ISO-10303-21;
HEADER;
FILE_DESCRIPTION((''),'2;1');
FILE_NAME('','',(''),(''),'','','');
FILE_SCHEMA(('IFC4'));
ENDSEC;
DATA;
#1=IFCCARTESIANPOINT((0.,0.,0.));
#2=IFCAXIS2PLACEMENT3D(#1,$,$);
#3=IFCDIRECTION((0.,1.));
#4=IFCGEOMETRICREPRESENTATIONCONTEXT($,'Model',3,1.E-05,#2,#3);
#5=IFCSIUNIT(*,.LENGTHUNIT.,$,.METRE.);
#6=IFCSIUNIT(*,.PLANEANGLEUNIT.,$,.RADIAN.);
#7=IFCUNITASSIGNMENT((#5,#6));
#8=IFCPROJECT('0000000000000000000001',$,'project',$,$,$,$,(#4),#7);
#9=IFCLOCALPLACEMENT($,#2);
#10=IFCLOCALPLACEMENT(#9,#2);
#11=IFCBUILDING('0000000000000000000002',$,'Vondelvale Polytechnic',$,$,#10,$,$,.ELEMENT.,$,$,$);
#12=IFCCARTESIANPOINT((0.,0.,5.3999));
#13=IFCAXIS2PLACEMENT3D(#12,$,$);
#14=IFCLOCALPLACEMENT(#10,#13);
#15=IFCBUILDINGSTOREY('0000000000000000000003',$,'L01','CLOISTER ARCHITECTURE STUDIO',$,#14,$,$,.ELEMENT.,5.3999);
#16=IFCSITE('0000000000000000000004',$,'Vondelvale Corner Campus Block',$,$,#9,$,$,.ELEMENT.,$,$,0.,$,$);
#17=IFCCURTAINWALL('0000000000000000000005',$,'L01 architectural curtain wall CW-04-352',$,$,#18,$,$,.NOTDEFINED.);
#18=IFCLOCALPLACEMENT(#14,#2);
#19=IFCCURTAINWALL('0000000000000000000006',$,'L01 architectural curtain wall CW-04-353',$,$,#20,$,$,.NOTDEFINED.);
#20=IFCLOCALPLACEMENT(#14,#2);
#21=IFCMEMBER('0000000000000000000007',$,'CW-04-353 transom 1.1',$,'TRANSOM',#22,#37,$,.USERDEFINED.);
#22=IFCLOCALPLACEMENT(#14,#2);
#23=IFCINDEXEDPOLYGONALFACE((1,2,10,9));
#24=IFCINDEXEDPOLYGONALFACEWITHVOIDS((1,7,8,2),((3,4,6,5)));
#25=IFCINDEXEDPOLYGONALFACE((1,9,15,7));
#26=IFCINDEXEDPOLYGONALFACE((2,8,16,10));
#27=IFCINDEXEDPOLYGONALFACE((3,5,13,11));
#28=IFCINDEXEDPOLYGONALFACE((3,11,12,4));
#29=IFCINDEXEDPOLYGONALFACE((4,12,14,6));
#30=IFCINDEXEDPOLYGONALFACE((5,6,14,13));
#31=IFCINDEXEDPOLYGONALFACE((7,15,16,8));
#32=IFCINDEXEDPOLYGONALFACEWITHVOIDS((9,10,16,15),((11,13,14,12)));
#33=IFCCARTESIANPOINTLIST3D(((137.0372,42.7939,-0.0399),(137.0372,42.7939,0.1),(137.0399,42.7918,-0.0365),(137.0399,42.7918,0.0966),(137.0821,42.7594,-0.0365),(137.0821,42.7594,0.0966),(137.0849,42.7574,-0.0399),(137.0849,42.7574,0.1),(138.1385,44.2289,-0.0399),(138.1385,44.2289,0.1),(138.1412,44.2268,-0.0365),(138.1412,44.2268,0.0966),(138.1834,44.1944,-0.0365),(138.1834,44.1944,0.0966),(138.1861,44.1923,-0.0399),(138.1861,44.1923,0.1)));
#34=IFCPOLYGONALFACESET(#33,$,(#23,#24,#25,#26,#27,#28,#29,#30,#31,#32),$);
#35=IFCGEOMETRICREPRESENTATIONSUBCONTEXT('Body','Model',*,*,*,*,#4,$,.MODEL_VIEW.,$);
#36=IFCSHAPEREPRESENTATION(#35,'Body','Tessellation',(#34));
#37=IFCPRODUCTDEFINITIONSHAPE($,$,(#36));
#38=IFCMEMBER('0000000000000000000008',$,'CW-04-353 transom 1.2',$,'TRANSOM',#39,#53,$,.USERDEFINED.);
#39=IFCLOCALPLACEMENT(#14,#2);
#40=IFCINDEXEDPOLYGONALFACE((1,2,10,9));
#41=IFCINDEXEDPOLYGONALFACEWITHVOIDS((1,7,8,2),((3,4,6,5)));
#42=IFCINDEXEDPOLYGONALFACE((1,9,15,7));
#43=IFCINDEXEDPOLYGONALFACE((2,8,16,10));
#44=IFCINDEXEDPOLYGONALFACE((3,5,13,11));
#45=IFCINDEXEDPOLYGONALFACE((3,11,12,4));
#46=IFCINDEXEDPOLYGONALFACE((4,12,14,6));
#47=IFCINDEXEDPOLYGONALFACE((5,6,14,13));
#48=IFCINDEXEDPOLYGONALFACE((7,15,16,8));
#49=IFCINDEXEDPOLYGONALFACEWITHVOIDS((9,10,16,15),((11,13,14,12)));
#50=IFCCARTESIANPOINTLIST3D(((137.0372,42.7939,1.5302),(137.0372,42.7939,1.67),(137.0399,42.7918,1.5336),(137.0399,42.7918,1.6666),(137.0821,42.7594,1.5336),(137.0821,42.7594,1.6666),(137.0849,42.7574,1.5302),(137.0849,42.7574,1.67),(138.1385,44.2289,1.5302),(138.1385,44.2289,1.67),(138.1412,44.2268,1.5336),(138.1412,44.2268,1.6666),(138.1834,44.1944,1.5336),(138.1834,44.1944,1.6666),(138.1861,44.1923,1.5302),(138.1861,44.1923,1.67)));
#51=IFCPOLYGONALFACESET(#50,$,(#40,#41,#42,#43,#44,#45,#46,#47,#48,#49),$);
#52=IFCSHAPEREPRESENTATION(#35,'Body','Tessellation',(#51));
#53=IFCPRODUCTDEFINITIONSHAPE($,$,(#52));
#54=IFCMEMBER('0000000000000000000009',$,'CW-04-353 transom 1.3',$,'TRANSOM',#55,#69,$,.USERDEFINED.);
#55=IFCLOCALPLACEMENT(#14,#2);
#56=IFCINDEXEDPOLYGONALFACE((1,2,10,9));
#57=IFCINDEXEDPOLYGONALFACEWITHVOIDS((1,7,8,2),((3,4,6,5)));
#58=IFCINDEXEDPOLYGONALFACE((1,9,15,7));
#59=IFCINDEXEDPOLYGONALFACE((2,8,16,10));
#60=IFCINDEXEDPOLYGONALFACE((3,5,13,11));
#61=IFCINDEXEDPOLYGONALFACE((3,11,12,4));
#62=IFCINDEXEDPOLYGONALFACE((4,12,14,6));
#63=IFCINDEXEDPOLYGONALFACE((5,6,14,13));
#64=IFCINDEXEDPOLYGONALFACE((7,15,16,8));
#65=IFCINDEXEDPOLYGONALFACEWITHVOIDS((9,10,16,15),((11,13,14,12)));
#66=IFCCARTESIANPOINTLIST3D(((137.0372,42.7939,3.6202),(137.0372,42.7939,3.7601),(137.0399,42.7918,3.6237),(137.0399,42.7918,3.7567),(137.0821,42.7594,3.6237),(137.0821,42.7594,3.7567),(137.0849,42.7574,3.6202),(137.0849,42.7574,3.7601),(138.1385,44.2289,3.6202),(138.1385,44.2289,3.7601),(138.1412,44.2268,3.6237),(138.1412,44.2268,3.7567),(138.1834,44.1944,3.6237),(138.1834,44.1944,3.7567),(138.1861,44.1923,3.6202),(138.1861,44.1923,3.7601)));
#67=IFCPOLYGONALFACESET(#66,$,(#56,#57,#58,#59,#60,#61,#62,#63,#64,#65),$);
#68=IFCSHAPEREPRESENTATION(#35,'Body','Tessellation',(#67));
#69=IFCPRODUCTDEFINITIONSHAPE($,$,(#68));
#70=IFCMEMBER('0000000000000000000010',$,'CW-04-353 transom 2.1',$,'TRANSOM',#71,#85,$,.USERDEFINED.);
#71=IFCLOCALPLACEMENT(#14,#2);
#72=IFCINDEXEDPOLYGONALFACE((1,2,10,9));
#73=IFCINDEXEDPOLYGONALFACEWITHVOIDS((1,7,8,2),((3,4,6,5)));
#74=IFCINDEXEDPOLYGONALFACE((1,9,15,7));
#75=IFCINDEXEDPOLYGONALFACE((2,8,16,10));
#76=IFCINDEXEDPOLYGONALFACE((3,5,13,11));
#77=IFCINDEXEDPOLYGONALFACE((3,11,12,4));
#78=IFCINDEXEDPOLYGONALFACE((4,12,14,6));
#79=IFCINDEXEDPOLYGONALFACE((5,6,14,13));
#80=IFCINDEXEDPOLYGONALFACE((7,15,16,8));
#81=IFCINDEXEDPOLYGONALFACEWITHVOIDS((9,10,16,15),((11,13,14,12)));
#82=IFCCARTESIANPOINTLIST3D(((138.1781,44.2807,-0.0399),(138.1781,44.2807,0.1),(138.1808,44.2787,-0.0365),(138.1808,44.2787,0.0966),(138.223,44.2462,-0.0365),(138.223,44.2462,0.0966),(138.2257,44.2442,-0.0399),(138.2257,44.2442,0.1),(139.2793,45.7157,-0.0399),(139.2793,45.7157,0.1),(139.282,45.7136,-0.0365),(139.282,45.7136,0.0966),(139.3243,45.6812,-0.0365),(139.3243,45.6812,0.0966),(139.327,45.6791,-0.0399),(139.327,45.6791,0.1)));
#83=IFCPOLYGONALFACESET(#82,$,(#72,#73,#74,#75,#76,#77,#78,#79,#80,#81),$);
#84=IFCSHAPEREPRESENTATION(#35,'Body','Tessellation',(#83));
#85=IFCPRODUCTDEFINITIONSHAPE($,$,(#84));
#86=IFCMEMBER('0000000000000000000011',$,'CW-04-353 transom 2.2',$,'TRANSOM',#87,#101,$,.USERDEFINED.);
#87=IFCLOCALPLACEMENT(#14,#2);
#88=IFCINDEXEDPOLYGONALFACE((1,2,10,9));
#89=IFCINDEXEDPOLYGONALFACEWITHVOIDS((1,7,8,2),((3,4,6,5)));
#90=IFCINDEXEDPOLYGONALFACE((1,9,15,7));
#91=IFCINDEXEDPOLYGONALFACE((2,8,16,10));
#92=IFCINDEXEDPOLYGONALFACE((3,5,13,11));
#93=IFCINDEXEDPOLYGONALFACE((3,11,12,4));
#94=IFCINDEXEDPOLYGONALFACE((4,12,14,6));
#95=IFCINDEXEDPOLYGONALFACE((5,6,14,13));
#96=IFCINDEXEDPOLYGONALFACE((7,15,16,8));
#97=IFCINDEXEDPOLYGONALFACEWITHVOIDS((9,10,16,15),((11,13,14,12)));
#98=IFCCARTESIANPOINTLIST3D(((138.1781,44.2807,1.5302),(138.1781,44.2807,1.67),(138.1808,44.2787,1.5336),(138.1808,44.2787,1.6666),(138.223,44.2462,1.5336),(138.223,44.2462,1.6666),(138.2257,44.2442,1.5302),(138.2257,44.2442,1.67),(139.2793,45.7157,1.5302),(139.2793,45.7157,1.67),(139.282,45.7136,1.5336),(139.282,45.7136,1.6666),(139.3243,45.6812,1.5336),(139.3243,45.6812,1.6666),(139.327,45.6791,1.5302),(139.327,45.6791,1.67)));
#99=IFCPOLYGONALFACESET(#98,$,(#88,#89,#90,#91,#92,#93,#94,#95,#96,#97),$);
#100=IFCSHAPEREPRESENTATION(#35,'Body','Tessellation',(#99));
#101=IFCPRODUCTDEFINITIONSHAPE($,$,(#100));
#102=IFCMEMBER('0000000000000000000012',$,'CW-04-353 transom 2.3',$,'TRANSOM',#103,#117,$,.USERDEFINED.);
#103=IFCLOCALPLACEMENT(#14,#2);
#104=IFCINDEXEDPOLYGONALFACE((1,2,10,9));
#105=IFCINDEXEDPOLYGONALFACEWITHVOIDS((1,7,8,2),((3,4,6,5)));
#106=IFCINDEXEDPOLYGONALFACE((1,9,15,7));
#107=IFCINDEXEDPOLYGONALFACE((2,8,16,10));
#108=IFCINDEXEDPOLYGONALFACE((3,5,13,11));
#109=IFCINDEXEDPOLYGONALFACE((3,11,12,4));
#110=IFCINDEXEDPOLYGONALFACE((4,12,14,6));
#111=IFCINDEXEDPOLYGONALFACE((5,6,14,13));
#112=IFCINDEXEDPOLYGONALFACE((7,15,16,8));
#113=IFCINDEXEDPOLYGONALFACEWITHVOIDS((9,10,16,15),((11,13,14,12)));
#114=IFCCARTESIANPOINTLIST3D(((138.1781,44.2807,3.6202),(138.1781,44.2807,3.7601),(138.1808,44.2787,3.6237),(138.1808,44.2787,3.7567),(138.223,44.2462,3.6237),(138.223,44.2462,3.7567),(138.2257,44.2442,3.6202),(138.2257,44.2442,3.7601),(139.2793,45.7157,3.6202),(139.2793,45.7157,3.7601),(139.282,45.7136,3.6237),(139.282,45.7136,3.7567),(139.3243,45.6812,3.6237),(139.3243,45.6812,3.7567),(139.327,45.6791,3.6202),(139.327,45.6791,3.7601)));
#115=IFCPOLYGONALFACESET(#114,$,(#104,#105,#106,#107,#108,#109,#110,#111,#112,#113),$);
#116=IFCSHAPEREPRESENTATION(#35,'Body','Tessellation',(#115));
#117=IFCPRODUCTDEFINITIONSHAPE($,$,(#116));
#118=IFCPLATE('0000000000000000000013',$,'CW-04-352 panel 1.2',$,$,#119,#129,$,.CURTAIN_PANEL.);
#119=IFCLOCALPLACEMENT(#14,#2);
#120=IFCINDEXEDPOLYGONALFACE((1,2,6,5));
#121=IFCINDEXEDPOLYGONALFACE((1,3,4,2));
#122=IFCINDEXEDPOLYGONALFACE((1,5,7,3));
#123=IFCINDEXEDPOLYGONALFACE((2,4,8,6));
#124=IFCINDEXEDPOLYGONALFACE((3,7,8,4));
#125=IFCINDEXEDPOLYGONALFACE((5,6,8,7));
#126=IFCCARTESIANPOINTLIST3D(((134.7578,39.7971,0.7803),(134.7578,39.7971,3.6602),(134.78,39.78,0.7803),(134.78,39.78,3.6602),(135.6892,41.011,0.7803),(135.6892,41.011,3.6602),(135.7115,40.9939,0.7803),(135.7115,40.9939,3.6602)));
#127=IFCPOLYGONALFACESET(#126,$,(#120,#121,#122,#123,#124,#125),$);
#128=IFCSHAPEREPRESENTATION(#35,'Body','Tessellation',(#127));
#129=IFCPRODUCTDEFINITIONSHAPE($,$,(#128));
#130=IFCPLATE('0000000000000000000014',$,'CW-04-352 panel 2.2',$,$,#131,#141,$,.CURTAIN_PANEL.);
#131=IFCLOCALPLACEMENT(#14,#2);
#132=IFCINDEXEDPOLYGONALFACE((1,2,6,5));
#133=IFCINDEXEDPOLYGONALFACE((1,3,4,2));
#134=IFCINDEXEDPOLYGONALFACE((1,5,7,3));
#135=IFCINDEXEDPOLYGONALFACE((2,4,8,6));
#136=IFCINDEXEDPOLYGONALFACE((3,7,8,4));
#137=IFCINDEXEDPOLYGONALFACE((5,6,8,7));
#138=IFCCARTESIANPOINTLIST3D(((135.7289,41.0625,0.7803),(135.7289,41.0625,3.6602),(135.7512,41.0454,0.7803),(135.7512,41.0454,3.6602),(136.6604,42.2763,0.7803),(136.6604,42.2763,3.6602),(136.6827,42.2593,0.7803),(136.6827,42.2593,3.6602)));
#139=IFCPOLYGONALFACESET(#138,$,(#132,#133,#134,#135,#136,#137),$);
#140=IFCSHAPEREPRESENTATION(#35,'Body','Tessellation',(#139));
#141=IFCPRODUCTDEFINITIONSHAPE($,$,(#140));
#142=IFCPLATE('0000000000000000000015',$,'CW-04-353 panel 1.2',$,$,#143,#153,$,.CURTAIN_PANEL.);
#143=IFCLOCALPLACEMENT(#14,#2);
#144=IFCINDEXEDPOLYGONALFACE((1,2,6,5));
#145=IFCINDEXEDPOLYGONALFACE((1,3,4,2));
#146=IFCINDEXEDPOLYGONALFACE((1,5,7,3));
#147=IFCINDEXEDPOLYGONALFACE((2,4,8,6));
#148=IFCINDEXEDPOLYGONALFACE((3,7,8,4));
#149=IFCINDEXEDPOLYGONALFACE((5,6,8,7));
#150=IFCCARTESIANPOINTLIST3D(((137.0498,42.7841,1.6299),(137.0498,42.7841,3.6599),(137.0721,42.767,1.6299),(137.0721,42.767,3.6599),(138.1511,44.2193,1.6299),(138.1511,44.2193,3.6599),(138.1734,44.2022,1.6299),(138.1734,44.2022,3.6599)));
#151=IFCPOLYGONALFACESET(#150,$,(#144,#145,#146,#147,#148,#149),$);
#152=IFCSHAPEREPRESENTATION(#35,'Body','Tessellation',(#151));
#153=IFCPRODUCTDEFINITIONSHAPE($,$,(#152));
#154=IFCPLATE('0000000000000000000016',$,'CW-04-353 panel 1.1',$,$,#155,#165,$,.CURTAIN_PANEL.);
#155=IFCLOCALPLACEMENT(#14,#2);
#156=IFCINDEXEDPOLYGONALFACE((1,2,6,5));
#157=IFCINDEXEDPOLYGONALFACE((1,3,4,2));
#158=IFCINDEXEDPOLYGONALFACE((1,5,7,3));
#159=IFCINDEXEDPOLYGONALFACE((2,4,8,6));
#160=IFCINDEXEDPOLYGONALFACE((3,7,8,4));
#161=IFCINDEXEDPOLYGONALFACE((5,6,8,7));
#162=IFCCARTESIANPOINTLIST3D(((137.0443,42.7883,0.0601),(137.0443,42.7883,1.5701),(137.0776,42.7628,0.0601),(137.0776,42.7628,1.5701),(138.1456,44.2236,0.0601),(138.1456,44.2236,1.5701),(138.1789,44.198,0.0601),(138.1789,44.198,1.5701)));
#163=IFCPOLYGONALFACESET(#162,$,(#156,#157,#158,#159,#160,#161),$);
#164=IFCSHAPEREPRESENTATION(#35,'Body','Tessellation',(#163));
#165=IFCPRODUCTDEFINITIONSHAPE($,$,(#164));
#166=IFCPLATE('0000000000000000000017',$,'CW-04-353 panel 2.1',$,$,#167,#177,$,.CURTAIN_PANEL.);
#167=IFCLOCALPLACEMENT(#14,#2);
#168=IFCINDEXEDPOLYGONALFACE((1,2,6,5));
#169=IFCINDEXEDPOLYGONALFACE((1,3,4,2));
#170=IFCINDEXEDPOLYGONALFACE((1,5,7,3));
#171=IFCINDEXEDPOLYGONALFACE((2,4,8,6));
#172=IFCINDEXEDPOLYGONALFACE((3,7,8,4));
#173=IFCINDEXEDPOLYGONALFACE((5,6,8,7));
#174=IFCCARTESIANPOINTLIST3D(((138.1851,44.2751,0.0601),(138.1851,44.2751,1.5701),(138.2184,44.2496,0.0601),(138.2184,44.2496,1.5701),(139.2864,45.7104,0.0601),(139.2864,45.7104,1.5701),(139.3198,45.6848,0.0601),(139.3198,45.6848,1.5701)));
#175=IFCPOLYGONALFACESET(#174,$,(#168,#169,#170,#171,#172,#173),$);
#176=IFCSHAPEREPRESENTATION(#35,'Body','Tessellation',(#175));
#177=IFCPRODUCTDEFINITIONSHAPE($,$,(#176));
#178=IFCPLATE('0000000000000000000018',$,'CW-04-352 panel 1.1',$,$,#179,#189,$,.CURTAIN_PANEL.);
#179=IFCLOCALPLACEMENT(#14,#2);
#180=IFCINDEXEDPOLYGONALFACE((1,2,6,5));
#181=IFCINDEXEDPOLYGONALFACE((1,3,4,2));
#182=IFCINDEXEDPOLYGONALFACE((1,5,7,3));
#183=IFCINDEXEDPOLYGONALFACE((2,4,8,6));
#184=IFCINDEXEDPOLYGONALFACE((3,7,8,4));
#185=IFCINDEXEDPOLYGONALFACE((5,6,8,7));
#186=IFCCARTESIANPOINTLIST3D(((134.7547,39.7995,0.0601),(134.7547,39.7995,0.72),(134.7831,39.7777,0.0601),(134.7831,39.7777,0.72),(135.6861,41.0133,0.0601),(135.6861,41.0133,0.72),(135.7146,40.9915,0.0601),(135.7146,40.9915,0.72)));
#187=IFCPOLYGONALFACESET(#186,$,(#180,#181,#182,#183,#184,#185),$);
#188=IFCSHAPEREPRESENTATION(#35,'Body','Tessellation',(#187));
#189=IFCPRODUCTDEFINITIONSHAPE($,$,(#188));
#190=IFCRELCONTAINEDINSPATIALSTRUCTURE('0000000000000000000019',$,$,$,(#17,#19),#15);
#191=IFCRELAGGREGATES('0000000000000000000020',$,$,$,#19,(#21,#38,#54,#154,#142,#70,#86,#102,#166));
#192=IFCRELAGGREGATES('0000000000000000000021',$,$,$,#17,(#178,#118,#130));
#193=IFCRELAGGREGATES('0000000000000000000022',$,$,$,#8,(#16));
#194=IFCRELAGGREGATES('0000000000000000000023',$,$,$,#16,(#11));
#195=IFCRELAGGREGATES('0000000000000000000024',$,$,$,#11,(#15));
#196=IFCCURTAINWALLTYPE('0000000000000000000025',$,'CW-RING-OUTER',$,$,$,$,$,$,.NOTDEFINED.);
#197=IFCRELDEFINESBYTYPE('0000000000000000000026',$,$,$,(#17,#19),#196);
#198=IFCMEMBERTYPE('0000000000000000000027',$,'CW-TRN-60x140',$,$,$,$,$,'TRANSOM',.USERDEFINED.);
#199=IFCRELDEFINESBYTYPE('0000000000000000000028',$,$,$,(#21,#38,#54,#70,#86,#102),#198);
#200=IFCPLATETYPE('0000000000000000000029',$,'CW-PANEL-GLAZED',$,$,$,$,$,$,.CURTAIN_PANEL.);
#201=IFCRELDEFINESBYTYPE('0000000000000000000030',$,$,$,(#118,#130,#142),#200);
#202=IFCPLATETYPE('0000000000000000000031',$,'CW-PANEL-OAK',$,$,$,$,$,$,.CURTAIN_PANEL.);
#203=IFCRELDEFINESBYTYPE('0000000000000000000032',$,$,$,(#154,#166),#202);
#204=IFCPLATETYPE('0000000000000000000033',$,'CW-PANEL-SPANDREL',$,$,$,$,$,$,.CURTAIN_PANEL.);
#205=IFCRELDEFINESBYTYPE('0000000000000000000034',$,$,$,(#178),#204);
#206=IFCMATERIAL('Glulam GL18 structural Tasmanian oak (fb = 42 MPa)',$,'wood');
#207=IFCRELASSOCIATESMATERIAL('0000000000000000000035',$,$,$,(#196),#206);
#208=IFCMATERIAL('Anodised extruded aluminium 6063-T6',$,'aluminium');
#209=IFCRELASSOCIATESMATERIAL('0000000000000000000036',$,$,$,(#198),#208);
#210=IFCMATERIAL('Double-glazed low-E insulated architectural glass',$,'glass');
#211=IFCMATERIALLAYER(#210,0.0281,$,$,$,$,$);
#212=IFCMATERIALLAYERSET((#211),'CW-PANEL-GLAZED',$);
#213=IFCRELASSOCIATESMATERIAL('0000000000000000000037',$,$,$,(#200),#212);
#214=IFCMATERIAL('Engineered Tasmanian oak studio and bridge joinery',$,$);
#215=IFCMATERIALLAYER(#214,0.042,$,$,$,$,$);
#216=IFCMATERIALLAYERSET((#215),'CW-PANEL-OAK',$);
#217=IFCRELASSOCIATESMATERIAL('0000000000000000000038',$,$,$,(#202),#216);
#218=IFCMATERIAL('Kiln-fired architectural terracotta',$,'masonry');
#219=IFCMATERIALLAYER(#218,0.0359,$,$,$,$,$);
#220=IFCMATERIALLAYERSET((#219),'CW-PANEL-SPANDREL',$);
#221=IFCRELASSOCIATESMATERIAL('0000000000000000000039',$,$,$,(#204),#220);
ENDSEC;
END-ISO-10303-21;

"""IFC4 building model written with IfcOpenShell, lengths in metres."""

from ifc_helpers import new_model, si_unit, direction, frame, origin, origin_2d, place, context, subcontext, project, spatial, rectangle, hollow_rectangle, extrude, material, layer, layer_set, material_profile, profile_set, type_object, element, aggregate, save


model = new_model("IFC4")

# Units and contexts
model_context = context("Model", 3, precision=1e-05, world=origin(), true_north=direction((0.0, 1.0)))
body_context = subcontext(model_context, "Body", "Model", "MODEL_VIEW")
ifc_project = project(units=[si_unit("LENGTHUNIT", "METRE"), si_unit("PLANEANGLEUNIT", "RADIAN")], contexts=[model_context])

# Site, building, storey
site_placement = place(None, origin())
site = spatial("IfcSite", under=ifc_project, at=site_placement, Name="Vondelvale Corner Campus Block", CompositionType="ELEMENT", RefElevation=0.0)
building_placement = place(site_placement, origin())
building = spatial("IfcBuilding", under=site, at=building_placement, Name="Vondelvale Polytechnic", CompositionType="ELEMENT")
storey_placement = place(building_placement, frame((0.0, 0.0, 5.3999)))
storey = spatial("IfcBuildingStorey", under=building, at=storey_placement, Name="L01", Description="CLOISTER ARCHITECTURE STUDIO", CompositionType="ELEMENT", Elevation=5.3999)

# Shared definitions
ifc_material_1 = material(Name="Glulam GL18 structural Tasmanian oak (fb = 42 MPa)", Category="wood")

# Curtain walls
curtain_wall_type = type_object("IfcCurtainWallType", Name="CW-RING-OUTER", PredefinedType="NOTDEFINED", material=ifc_material_1)
curtain_wall_1_placement = place(storey_placement, origin())
curtain_wall_1 = element("IfcCurtainWall", 1, at=curtain_wall_1_placement, inside=storey, type_object=curtain_wall_type, Name="L01 architectural curtain wall CW-04-352", PredefinedType="NOTDEFINED")
ifc_material_2 = material(Name="Anodised extruded aluminium 6063-T6", Category="aluminium")
curtain_wall_2_placement = place(storey_placement, origin())
curtain_wall_2 = element("IfcCurtainWall", 2, at=curtain_wall_2_placement, inside=storey, type_object=curtain_wall_type, Name="L01 architectural curtain wall CW-04-353", PredefinedType="NOTDEFINED")

# Members
ifc_material_profile_1 = material_profile(ifc_material_2, hollow_rectangle(XDim=0.0601, YDim=0.1399, WallThickness=0.0034, at=origin_2d()), Name="CW-TRN-140x60")
ifc_profile_set_1 = profile_set([ifc_material_profile_1], Name="Anodised extruded aluminium 6063-T6")
member_type_1 = type_object("IfcMemberType", Name="CW-TRN-60x140", ElementType="TRANSOM", PredefinedType="USERDEFINED", material=ifc_profile_set_1)
member_1_placement = place(storey_placement, frame((137.061, 42.7756, 0.03), z_axis=(0.608817, 0.793311, 0.0), x_axis=(-0.793311, 0.608817, 0.0)))
member_1 = element("IfcMember", 3, at=member_1_placement, type_object=member_type_1, Name="CW-04-353 transom 1.1", ObjectType="TRANSOM", PredefinedType="USERDEFINED", context=body_context, shape_type="SweptSolid", body=[
    extrude(hollow_rectangle(XDim=0.0601, YDim=0.1399, WallThickness=0.0034, at=origin_2d()), origin(), (0.0, 0.0, 1.0), 1.8088),
])
member_2_placement = place(storey_placement, frame((137.061, 42.7756, 1.6001), z_axis=(0.608817, 0.793311, 0.0), x_axis=(-0.793311, 0.608817, 0.0)))
member_2 = element("IfcMember", 4, at=member_2_placement, type_object=member_type_1, Name="CW-04-353 transom 1.2", ObjectType="TRANSOM", PredefinedType="USERDEFINED", context=body_context, shape_type="SweptSolid", body=[
    extrude(hollow_rectangle(XDim=0.0601, YDim=0.1399, WallThickness=0.0034, at=origin_2d()), origin(), (0.0, 0.0, 1.0), 1.8088),
])
member_3_placement = place(storey_placement, frame((137.061, 42.7756, 3.6902), z_axis=(0.608817, 0.793311, 0.0), x_axis=(-0.793311, 0.608817, 0.0)))
member_3 = element("IfcMember", 5, at=member_3_placement, type_object=member_type_1, Name="CW-04-353 transom 1.3", ObjectType="TRANSOM", PredefinedType="USERDEFINED", context=body_context, shape_type="SweptSolid", body=[
    extrude(hollow_rectangle(XDim=0.0601, YDim=0.1399, WallThickness=0.0034, at=origin_2d()), origin(), (0.0, 0.0, 1.0), 1.8088),
])
member_4_placement = place(storey_placement, frame((138.2019, 44.2625, 0.03), z_axis=(0.608817, 0.793311, 0.0), x_axis=(-0.793311, 0.608817, 0.0)))
member_4 = element("IfcMember", 6, at=member_4_placement, type_object=member_type_1, Name="CW-04-353 transom 2.1", ObjectType="TRANSOM", PredefinedType="USERDEFINED", context=body_context, shape_type="SweptSolid", body=[
    extrude(hollow_rectangle(XDim=0.0601, YDim=0.1399, WallThickness=0.0034, at=origin_2d()), origin(), (0.0, 0.0, 1.0), 1.8088),
])
member_5_placement = place(storey_placement, frame((138.2019, 44.2625, 1.6001), z_axis=(0.608817, 0.793311, 0.0), x_axis=(-0.793311, 0.608817, 0.0)))
member_5 = element("IfcMember", 7, at=member_5_placement, type_object=member_type_1, Name="CW-04-353 transom 2.2", ObjectType="TRANSOM", PredefinedType="USERDEFINED", context=body_context, shape_type="SweptSolid", body=[
    extrude(hollow_rectangle(XDim=0.0601, YDim=0.1399, WallThickness=0.0034, at=origin_2d()), origin(), (0.0, 0.0, 1.0), 1.8088),
])
member_6_placement = place(storey_placement, frame((138.2019, 44.2625, 3.6902), z_axis=(0.608817, 0.793311, 0.0), x_axis=(-0.793311, 0.608817, 0.0)))
member_6 = element("IfcMember", 8, at=member_6_placement, type_object=member_type_1, Name="CW-04-353 transom 2.3", ObjectType="TRANSOM", PredefinedType="USERDEFINED", context=body_context, shape_type="SweptSolid", body=[
    extrude(hollow_rectangle(XDim=0.0601, YDim=0.1399, WallThickness=0.0034, at=origin_2d()), origin(), (0.0, 0.0, 1.0), 1.8088),
])

# Plates
ifc_material_3 = material(Name="Double-glazed low-E insulated architectural glass", Category="glass")
ifc_layer_1 = layer(ifc_material_3, 0.0281)
ifc_layer_set_1 = layer_set([ifc_layer_1], Name="CW-PANEL-GLAZED")
plate_type_1 = type_object("IfcPlateType", Name="CW-PANEL-GLAZED", PredefinedType="CURTAIN_PANEL", material=ifc_layer_set_1)
plate_1_placement = place(storey_placement, frame((135.2346, 40.3955, 0.7803), z_axis=(0.0, 0.0, 1.0), x_axis=(0.608787, 0.793334, 0.0)))
plate_1 = element("IfcPlate", 9, at=plate_1_placement, type_object=plate_type_1, Name="CW-04-352 panel 1.2", PredefinedType="CURTAIN_PANEL", context=body_context, shape_type="SweptSolid", body=[
    extrude(rectangle(XDim=1.53, YDim=0.0281, at=origin_2d()), origin(), (0.0, 0.0, 1.0), 2.8799),
])
plate_2_placement = place(storey_placement, frame((136.2058, 41.6609, 0.7803), z_axis=(0.0, 0.0, 1.0), x_axis=(0.608787, 0.793334, 0.0)))
plate_2 = element("IfcPlate", 10, at=plate_2_placement, type_object=plate_type_1, Name="CW-04-352 panel 2.2", PredefinedType="CURTAIN_PANEL", context=body_context, shape_type="SweptSolid", body=[
    extrude(rectangle(XDim=1.53, YDim=0.0281, at=origin_2d()), origin(), (0.0, 0.0, 1.0), 2.8799),
])
plate_3_placement = place(storey_placement, frame((137.6116, 43.4932, 1.6299), z_axis=(0.0, 0.0, 1.0), x_axis=(0.608771, 0.793346, 0.0)))
plate_3 = element("IfcPlate", 11, at=plate_3_placement, type_object=plate_type_1, Name="CW-04-353 panel 1.2", PredefinedType="CURTAIN_PANEL", context=body_context, shape_type="SweptSolid", body=[
    extrude(rectangle(XDim=1.8091, YDim=0.0281, at=origin_2d()), origin(), (0.0, 0.0, 1.0), 2.03),
])
ifc_material_4 = material(Name="Engineered Tasmanian oak studio and bridge joinery")
ifc_layer_2 = layer(ifc_material_4, 0.042)
ifc_layer_set_2 = layer_set([ifc_layer_2], Name="CW-PANEL-OAK")
plate_type_2 = type_object("IfcPlateType", Name="CW-PANEL-OAK", PredefinedType="CURTAIN_PANEL", material=ifc_layer_set_2)
plate_4_placement = place(storey_placement, frame((137.6116, 43.4932, 0.0601), z_axis=(0.0, 0.0, 1.0), x_axis=(0.608771, 0.793346, 0.0)))
plate_4 = element("IfcPlate", 12, at=plate_4_placement, type_object=plate_type_2, Name="CW-04-353 panel 1.1", PredefinedType="CURTAIN_PANEL", context=body_context, shape_type="SweptSolid", body=[
    extrude(rectangle(XDim=1.8091, YDim=0.042, at=origin_2d()), origin(), (0.0, 0.0, 1.0), 1.51),
])
plate_5_placement = place(storey_placement, frame((138.7524, 44.98, 0.0601), z_axis=(0.0, 0.0, 1.0), x_axis=(0.608771, 0.793346, 0.0)))
plate_5 = element("IfcPlate", 13, at=plate_5_placement, type_object=plate_type_2, Name="CW-04-353 panel 2.1", PredefinedType="CURTAIN_PANEL", context=body_context, shape_type="SweptSolid", body=[
    extrude(rectangle(XDim=1.8091, YDim=0.042, at=origin_2d()), origin(), (0.0, 0.0, 1.0), 1.51),
])
aggregate(curtain_wall_2, [member_1, member_2, member_3, plate_4, plate_3, member_4, member_5, member_6, plate_5])
ifc_material_5 = material(Name="Kiln-fired architectural terracotta", Category="masonry")
ifc_layer_3 = layer(ifc_material_5, 0.0359)
ifc_layer_set_3 = layer_set([ifc_layer_3], Name="CW-PANEL-SPANDREL")
plate_type_3 = type_object("IfcPlateType", Name="CW-PANEL-SPANDREL", PredefinedType="CURTAIN_PANEL", material=ifc_layer_set_3)
plate_6_placement = place(storey_placement, frame((135.2346, 40.3955, 0.0601), z_axis=(0.0, 0.0, 1.0), x_axis=(0.608787, 0.793334, 0.0)))
plate_6 = element("IfcPlate", 14, at=plate_6_placement, type_object=plate_type_3, Name="CW-04-352 panel 1.1", PredefinedType="CURTAIN_PANEL", context=body_context, shape_type="SweptSolid", body=[
    extrude(rectangle(XDim=1.53, YDim=0.0359, at=origin_2d()), origin(), (0.0, 0.0, 1.0), 0.6599),
])
aggregate(curtain_wall_1, [plate_6, plate_1, plate_2])

save(model, "model.ifc")
